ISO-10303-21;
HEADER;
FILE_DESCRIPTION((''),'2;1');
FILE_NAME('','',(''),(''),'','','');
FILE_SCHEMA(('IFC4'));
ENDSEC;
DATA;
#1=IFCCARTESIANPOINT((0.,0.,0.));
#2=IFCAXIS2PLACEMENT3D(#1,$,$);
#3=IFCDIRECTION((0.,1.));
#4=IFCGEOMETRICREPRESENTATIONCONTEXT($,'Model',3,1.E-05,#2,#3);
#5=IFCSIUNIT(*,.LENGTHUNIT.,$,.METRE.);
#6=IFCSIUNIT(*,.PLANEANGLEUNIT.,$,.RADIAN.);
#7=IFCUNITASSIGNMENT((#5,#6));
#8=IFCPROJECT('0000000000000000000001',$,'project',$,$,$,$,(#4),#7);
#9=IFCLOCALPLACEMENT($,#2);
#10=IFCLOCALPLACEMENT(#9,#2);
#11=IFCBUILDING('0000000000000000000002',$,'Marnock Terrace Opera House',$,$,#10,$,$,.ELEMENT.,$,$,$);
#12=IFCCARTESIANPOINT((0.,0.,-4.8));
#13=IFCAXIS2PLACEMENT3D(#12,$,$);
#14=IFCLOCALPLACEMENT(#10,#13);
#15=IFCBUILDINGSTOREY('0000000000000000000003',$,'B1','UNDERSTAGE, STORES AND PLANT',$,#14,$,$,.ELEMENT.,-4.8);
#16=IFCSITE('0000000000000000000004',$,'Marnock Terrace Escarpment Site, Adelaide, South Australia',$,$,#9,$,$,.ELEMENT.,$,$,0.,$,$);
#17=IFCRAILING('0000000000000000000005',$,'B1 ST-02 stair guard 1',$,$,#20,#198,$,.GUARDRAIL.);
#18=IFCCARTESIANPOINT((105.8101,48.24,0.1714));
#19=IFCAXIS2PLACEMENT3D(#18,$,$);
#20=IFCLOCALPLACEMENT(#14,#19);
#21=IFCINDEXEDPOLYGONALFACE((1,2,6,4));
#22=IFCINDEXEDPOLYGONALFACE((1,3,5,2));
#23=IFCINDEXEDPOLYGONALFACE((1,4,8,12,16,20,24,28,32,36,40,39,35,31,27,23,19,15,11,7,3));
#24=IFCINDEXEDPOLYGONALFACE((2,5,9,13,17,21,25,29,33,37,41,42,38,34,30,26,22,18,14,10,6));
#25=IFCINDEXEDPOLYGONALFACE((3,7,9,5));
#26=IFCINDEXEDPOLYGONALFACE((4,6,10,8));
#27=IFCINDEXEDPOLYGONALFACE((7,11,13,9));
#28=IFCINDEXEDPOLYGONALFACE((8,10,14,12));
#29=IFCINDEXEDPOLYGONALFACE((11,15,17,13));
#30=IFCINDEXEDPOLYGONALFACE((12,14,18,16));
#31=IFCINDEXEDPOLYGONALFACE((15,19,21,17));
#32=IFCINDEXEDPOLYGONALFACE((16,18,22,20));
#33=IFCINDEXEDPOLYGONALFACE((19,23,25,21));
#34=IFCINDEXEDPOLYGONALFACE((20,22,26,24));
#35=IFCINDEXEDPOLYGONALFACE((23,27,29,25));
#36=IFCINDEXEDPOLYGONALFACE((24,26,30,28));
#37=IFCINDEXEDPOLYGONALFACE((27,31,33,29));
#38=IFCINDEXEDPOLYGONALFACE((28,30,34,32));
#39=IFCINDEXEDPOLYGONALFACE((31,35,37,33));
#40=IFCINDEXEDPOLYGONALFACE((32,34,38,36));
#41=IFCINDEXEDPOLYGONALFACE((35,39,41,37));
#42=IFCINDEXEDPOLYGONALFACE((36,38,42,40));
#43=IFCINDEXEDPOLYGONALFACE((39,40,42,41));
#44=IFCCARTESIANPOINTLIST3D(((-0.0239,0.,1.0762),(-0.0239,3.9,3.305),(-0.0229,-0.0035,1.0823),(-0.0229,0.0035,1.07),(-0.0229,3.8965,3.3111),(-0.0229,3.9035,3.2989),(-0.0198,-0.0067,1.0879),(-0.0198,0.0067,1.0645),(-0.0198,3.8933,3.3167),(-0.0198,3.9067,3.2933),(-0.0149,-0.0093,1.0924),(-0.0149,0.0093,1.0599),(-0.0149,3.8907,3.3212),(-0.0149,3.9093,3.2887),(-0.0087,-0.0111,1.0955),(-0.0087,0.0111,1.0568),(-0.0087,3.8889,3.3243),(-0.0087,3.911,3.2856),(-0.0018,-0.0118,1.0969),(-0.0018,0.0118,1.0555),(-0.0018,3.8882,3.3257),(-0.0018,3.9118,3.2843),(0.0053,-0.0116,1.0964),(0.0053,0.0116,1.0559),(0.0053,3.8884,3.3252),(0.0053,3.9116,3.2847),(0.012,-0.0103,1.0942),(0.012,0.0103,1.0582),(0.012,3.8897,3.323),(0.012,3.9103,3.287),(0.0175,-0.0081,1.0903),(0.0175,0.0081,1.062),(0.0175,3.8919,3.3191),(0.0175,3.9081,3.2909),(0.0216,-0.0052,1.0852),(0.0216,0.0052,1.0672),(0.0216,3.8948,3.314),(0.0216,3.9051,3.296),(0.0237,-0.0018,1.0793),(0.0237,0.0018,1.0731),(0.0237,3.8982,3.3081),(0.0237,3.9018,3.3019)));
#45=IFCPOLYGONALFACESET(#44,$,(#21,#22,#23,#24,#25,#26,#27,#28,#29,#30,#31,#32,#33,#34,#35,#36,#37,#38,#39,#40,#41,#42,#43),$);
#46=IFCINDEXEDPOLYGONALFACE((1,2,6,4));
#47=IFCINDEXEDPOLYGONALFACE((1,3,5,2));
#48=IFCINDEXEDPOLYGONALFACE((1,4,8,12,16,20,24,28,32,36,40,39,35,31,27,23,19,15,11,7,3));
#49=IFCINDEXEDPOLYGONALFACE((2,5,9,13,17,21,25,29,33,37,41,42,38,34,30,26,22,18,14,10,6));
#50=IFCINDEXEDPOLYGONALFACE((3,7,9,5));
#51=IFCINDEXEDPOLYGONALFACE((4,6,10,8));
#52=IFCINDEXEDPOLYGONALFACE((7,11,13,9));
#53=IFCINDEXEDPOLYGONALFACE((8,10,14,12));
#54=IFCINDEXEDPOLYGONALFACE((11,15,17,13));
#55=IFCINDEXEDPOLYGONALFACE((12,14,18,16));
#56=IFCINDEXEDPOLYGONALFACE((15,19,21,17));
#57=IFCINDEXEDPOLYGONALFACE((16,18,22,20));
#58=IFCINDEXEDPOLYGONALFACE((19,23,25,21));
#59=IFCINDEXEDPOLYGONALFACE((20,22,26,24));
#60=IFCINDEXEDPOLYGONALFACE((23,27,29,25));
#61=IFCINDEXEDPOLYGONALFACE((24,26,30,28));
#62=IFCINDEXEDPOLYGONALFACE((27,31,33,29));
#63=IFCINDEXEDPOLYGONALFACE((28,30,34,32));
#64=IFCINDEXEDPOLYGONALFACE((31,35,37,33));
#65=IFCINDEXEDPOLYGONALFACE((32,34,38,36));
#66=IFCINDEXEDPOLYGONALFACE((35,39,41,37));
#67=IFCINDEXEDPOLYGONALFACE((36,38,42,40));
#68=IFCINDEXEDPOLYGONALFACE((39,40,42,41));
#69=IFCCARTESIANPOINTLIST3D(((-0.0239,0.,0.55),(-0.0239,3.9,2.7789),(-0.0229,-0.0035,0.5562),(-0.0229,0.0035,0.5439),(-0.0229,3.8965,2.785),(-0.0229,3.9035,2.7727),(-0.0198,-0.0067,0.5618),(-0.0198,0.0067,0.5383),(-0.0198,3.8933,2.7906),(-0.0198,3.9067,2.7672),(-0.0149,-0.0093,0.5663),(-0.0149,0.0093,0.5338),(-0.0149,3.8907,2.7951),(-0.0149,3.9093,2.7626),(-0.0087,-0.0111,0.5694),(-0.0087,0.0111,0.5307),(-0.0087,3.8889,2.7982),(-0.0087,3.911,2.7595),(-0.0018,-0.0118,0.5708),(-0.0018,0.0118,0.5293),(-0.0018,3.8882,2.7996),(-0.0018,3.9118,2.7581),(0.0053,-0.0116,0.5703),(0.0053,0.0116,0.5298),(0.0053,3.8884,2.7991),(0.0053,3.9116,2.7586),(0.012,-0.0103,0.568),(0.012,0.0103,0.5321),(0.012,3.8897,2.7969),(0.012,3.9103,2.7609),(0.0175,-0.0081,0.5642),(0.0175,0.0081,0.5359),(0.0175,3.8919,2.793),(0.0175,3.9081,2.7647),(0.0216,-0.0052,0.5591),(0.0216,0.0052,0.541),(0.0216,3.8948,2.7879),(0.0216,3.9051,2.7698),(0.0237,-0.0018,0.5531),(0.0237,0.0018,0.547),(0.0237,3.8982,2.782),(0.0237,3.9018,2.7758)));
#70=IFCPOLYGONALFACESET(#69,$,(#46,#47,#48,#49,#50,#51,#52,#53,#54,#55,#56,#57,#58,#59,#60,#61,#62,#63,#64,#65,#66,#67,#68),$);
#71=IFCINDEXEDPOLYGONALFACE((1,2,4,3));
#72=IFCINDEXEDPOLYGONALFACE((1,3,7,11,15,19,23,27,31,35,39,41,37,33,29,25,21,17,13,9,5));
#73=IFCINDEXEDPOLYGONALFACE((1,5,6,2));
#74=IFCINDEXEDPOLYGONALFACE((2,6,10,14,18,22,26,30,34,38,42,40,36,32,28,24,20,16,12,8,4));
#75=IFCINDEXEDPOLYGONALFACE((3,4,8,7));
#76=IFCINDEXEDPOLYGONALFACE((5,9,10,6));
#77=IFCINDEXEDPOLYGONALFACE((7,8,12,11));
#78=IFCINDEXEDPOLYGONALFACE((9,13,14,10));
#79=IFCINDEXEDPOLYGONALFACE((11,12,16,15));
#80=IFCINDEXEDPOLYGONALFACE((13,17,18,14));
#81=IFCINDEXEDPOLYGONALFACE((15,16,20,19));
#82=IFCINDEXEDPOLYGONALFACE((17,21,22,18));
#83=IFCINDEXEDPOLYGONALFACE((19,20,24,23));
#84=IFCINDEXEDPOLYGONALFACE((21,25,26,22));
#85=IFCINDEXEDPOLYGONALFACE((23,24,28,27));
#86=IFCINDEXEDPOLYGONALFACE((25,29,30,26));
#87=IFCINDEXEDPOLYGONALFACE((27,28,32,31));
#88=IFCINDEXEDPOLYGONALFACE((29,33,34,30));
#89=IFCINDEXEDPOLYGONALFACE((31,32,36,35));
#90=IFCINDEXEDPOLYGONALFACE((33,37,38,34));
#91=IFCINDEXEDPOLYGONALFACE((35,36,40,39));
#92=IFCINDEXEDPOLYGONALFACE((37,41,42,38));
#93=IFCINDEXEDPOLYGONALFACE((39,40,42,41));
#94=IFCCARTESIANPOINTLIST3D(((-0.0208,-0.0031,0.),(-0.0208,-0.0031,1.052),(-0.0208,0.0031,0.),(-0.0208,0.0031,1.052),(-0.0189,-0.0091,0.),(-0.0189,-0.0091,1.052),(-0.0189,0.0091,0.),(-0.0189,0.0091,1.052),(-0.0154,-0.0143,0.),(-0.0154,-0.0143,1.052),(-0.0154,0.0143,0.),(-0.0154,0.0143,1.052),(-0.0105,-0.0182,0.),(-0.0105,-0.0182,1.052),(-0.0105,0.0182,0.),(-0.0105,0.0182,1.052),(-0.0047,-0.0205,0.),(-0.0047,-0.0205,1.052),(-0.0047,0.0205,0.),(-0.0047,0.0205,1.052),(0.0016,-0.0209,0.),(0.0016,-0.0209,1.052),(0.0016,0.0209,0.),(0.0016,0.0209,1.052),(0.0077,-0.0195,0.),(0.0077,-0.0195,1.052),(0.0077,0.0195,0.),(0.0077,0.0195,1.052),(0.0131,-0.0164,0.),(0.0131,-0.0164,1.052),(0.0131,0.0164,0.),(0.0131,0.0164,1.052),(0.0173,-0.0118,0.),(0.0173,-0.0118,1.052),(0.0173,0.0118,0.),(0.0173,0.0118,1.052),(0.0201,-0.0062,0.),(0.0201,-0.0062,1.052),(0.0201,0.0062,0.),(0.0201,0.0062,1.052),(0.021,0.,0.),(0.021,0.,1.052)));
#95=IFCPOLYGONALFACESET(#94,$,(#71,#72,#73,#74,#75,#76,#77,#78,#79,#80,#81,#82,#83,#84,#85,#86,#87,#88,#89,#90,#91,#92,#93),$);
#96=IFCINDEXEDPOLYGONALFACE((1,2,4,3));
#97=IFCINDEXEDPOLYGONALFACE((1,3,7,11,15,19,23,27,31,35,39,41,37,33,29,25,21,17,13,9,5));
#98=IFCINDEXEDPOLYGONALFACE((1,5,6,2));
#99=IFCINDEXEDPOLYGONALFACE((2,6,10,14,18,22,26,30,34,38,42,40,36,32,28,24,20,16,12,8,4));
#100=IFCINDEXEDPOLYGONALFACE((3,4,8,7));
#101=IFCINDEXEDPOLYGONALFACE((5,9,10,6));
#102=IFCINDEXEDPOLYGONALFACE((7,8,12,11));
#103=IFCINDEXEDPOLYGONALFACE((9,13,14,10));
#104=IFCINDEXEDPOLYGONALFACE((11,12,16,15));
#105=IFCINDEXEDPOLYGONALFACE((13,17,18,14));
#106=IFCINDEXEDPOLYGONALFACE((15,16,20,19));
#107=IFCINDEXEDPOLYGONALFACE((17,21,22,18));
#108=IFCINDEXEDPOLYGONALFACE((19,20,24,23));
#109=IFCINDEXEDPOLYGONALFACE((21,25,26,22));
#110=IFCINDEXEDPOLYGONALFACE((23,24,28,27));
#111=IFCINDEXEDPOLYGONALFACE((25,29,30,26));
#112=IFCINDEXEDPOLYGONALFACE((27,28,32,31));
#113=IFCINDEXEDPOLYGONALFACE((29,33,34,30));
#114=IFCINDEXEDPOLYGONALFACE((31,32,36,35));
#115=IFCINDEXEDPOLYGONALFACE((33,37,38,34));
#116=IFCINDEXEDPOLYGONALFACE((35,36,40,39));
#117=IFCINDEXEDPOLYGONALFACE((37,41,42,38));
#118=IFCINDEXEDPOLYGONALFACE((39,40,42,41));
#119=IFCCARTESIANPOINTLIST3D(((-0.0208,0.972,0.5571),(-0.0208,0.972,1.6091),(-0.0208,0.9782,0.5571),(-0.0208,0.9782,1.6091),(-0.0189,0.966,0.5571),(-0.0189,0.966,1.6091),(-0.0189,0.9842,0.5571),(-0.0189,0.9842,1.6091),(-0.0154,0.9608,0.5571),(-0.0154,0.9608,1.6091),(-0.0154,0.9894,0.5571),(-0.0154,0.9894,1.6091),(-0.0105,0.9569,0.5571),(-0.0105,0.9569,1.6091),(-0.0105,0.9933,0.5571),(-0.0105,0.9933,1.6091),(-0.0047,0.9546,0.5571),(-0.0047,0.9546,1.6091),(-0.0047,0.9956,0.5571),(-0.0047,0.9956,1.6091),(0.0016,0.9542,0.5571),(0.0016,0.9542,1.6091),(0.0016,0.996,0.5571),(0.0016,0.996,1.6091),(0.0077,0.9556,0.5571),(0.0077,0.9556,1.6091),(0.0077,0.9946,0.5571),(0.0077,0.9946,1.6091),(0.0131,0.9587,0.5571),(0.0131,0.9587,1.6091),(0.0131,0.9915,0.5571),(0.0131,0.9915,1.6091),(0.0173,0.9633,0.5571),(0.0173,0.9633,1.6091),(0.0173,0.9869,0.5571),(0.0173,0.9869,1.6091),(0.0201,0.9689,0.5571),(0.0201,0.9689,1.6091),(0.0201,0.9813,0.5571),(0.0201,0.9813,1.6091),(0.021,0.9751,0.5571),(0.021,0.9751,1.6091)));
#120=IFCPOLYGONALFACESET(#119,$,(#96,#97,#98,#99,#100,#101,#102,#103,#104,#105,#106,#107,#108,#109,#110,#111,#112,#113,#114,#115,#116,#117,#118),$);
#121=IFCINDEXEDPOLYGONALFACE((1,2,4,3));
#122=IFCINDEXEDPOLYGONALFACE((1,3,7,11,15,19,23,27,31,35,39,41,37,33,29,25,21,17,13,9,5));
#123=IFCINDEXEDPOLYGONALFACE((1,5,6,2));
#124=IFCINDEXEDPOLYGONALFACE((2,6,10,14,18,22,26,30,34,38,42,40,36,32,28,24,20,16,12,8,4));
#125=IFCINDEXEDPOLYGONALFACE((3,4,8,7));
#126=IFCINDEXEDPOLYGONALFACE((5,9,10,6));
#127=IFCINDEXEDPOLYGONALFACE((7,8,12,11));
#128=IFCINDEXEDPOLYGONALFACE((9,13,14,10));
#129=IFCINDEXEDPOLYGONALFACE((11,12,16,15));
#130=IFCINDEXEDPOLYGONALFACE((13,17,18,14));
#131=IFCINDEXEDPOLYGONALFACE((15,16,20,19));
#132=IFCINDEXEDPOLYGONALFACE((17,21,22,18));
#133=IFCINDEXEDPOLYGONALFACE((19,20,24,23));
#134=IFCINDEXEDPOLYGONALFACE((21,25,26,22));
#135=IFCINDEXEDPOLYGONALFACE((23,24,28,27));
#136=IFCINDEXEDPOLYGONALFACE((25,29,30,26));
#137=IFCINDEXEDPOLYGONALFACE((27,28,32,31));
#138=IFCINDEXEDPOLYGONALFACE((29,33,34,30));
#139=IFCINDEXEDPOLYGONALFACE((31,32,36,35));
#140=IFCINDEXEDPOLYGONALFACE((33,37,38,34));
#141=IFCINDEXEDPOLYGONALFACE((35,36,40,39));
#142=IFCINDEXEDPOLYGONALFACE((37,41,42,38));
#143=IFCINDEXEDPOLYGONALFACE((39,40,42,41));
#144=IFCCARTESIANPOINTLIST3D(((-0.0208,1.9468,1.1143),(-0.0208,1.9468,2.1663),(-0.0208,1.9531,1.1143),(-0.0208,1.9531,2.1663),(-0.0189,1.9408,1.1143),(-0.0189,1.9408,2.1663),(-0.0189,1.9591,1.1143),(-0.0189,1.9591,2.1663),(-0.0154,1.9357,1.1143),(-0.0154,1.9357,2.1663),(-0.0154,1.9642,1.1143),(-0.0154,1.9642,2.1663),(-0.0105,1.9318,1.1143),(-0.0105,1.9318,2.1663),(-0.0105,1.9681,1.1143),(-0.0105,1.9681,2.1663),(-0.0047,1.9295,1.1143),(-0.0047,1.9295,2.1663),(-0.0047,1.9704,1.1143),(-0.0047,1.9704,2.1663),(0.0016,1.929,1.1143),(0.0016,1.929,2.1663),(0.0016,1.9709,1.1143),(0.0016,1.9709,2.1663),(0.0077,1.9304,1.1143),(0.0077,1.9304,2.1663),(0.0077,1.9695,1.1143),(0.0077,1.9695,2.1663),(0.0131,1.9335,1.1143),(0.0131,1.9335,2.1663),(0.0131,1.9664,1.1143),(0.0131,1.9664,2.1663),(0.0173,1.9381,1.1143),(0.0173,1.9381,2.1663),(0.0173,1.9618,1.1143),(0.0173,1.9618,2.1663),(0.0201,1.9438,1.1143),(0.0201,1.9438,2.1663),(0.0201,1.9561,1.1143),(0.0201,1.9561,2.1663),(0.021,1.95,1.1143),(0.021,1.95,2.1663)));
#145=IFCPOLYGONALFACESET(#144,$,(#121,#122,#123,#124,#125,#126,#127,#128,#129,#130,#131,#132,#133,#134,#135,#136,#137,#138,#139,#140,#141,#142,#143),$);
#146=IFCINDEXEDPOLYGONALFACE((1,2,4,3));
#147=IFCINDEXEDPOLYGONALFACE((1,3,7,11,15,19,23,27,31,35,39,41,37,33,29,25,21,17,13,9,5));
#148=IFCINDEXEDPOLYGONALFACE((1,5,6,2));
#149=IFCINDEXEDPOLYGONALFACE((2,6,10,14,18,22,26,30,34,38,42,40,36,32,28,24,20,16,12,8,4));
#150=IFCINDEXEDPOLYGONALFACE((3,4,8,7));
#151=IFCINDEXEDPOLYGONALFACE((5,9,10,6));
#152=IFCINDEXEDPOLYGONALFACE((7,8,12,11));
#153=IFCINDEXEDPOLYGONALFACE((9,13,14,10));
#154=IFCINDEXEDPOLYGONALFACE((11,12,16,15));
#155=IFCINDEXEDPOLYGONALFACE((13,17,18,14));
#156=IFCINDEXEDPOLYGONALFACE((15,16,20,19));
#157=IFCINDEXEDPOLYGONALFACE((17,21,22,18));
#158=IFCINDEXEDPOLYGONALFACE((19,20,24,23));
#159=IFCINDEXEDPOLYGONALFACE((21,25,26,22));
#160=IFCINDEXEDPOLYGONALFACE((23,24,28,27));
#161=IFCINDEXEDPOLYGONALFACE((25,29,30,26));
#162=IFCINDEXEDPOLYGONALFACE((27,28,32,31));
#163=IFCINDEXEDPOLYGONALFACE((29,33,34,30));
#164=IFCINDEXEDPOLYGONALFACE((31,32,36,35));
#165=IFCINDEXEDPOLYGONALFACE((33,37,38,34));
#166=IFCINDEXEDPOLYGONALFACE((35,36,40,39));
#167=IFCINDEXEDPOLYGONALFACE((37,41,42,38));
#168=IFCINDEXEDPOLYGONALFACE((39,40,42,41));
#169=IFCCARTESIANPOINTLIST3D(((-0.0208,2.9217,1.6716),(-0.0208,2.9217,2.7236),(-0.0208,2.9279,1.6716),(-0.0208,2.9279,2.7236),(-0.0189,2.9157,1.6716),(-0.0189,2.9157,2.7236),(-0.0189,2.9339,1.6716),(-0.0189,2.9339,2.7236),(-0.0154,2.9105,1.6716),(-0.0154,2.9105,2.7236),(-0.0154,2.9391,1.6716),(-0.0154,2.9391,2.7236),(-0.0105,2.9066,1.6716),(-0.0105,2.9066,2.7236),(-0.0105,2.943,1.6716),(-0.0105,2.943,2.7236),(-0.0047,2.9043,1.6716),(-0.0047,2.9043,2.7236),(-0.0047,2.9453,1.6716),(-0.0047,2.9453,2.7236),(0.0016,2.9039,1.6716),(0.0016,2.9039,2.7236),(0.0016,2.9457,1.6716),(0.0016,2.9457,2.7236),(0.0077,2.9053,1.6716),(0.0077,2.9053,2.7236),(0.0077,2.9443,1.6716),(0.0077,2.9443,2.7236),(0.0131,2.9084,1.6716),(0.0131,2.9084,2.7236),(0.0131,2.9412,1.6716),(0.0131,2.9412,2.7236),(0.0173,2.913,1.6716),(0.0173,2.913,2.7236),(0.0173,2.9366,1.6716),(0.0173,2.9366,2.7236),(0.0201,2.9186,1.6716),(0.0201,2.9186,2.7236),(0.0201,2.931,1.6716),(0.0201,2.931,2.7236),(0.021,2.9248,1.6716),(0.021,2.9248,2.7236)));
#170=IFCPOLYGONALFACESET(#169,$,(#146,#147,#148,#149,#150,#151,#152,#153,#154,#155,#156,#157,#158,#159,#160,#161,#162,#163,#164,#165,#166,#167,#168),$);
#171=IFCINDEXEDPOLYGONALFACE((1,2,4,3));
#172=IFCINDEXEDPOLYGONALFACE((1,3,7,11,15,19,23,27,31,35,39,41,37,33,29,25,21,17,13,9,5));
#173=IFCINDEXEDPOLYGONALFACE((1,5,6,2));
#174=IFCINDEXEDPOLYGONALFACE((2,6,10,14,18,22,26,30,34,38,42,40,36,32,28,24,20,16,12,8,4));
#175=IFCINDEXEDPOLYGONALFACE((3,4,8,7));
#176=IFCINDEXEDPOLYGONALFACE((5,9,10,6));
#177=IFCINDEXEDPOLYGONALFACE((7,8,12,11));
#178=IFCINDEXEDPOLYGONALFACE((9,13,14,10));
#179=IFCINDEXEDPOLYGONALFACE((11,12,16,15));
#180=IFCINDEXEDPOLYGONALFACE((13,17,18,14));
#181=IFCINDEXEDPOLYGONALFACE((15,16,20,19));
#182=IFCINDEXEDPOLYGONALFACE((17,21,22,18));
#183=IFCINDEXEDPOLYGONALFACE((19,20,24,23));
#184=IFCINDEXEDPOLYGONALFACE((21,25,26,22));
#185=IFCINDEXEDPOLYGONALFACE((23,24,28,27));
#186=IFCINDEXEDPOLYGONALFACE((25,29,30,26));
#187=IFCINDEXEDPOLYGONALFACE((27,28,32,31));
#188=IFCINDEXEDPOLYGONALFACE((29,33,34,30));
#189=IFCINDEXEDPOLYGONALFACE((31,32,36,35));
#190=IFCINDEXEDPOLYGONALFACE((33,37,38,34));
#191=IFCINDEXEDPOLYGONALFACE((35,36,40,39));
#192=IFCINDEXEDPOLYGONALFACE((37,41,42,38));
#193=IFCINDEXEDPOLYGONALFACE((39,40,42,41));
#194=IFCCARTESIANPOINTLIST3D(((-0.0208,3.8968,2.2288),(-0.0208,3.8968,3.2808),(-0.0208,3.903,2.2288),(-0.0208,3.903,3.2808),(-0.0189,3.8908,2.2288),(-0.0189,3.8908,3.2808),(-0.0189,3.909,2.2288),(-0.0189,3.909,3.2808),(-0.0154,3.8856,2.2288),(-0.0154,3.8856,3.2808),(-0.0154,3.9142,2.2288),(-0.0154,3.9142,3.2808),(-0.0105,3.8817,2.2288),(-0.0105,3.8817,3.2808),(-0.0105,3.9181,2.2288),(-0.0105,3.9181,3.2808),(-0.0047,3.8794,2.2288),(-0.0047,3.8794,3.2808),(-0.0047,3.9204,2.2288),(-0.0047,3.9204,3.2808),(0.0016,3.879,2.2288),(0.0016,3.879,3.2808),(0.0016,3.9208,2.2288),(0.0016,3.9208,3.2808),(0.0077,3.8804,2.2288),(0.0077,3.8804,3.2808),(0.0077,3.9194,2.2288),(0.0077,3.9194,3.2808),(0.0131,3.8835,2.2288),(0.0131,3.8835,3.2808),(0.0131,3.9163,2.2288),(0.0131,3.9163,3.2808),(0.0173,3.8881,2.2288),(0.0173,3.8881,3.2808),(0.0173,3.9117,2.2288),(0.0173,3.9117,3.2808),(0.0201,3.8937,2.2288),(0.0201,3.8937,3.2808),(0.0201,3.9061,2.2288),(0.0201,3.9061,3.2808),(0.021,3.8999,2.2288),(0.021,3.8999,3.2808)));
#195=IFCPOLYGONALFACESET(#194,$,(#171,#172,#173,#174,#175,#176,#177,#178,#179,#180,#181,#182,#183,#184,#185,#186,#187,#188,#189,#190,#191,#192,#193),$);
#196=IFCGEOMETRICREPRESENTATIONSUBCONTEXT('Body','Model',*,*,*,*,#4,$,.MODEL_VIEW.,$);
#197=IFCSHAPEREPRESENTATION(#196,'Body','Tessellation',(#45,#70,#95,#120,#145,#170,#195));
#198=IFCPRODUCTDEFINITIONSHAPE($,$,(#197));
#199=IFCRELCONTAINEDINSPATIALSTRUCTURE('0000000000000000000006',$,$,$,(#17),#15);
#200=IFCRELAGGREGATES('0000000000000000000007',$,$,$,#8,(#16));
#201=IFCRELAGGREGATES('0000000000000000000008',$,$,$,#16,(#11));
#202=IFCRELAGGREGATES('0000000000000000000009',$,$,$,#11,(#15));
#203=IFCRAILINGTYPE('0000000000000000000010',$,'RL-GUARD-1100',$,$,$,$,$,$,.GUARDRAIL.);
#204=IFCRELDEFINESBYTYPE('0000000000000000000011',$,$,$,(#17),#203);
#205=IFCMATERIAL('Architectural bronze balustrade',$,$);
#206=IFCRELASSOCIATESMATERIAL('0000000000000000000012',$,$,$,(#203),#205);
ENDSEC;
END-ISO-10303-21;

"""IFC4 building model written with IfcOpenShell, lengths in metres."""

from ifc_helpers import new_model, si_unit, direction, frame, origin, origin_2d, place, context, subcontext, project, spatial, circle, extrude, material, type_object, element, save


model = new_model("IFC4")

# Units and contexts
model_context = context("Model", 3, precision=1e-05, world=origin(), true_north=direction((0.0, 1.0)))
body_context = subcontext(model_context, "Body", "Model", "MODEL_VIEW")
ifc_project = project(units=[si_unit("LENGTHUNIT", "METRE"), si_unit("PLANEANGLEUNIT", "RADIAN")], contexts=[model_context])

# Site, building, storey
site_placement = place(None, origin())
site = spatial("IfcSite", under=ifc_project, at=site_placement, Name="Marnock Terrace Escarpment Site, Adelaide, South Australia", CompositionType="ELEMENT", RefElevation=0.0)
building_placement = place(site_placement, origin())
building = spatial("IfcBuilding", under=site, at=building_placement, Name="Marnock Terrace Opera House", CompositionType="ELEMENT")
storey_placement = place(building_placement, frame((0.0, 0.0, -4.8)))
storey = spatial("IfcBuildingStorey", under=building, at=storey_placement, Name="B1", Description="UNDERSTAGE, STORES AND PLANT", CompositionType="ELEMENT", Elevation=-4.8)

# Railing
ifc_material_1 = material(Name="Architectural bronze balustrade")
railing_type_1 = type_object("IfcRailingType", Name="RL-GUARD-1100", PredefinedType="GUARDRAIL", material=ifc_material_1)
railing_1_placement = place(storey_placement, frame((105.8101, 48.24, 0.1714)))
element("IfcRailing", 1, at=railing_1_placement, inside=storey, type_object=railing_type_1, Name="B1 ST-02 stair guard 1", PredefinedType="GUARDRAIL", context=body_context, shape_type="SweptSolid", body=[
    extrude(circle(Radius=0.0239, at=origin_2d()), frame((0.0, 0.0, 1.0762), z_axis=(0.0, 0.86822, 0.49618), x_axis=(-1.0, 0.0, 0.0)), (0.0, 0.0, 1.0), 4.4919),
    extrude(circle(Radius=0.0239, at=origin_2d()), frame((0.0, 0.0, 0.55), z_axis=(0.0, 0.86822, 0.49618), x_axis=(-1.0, 0.0, 0.0)), (0.0, 0.0, 1.0), 4.4919),
    extrude(circle(Radius=0.021, at=origin_2d()), origin(), (0.0, 0.0, 1.0), 1.052),
    extrude(circle(Radius=0.021, at=origin_2d()), frame((0.0, 0.9751, 0.5571)), (0.0, 0.0, 1.0), 1.052),
    extrude(circle(Radius=0.021, at=origin_2d()), frame((0.0, 1.95, 1.1143)), (0.0, 0.0, 1.0), 1.052),
    extrude(circle(Radius=0.021, at=origin_2d()), frame((0.0, 2.9248, 1.6716)), (0.0, 0.0, 1.0), 1.052),
    extrude(circle(Radius=0.021, at=origin_2d()), frame((0.0, 3.8999, 2.2288)), (0.0, 0.0, 1.0), 1.052),
])

save(model, "model.ifc")
